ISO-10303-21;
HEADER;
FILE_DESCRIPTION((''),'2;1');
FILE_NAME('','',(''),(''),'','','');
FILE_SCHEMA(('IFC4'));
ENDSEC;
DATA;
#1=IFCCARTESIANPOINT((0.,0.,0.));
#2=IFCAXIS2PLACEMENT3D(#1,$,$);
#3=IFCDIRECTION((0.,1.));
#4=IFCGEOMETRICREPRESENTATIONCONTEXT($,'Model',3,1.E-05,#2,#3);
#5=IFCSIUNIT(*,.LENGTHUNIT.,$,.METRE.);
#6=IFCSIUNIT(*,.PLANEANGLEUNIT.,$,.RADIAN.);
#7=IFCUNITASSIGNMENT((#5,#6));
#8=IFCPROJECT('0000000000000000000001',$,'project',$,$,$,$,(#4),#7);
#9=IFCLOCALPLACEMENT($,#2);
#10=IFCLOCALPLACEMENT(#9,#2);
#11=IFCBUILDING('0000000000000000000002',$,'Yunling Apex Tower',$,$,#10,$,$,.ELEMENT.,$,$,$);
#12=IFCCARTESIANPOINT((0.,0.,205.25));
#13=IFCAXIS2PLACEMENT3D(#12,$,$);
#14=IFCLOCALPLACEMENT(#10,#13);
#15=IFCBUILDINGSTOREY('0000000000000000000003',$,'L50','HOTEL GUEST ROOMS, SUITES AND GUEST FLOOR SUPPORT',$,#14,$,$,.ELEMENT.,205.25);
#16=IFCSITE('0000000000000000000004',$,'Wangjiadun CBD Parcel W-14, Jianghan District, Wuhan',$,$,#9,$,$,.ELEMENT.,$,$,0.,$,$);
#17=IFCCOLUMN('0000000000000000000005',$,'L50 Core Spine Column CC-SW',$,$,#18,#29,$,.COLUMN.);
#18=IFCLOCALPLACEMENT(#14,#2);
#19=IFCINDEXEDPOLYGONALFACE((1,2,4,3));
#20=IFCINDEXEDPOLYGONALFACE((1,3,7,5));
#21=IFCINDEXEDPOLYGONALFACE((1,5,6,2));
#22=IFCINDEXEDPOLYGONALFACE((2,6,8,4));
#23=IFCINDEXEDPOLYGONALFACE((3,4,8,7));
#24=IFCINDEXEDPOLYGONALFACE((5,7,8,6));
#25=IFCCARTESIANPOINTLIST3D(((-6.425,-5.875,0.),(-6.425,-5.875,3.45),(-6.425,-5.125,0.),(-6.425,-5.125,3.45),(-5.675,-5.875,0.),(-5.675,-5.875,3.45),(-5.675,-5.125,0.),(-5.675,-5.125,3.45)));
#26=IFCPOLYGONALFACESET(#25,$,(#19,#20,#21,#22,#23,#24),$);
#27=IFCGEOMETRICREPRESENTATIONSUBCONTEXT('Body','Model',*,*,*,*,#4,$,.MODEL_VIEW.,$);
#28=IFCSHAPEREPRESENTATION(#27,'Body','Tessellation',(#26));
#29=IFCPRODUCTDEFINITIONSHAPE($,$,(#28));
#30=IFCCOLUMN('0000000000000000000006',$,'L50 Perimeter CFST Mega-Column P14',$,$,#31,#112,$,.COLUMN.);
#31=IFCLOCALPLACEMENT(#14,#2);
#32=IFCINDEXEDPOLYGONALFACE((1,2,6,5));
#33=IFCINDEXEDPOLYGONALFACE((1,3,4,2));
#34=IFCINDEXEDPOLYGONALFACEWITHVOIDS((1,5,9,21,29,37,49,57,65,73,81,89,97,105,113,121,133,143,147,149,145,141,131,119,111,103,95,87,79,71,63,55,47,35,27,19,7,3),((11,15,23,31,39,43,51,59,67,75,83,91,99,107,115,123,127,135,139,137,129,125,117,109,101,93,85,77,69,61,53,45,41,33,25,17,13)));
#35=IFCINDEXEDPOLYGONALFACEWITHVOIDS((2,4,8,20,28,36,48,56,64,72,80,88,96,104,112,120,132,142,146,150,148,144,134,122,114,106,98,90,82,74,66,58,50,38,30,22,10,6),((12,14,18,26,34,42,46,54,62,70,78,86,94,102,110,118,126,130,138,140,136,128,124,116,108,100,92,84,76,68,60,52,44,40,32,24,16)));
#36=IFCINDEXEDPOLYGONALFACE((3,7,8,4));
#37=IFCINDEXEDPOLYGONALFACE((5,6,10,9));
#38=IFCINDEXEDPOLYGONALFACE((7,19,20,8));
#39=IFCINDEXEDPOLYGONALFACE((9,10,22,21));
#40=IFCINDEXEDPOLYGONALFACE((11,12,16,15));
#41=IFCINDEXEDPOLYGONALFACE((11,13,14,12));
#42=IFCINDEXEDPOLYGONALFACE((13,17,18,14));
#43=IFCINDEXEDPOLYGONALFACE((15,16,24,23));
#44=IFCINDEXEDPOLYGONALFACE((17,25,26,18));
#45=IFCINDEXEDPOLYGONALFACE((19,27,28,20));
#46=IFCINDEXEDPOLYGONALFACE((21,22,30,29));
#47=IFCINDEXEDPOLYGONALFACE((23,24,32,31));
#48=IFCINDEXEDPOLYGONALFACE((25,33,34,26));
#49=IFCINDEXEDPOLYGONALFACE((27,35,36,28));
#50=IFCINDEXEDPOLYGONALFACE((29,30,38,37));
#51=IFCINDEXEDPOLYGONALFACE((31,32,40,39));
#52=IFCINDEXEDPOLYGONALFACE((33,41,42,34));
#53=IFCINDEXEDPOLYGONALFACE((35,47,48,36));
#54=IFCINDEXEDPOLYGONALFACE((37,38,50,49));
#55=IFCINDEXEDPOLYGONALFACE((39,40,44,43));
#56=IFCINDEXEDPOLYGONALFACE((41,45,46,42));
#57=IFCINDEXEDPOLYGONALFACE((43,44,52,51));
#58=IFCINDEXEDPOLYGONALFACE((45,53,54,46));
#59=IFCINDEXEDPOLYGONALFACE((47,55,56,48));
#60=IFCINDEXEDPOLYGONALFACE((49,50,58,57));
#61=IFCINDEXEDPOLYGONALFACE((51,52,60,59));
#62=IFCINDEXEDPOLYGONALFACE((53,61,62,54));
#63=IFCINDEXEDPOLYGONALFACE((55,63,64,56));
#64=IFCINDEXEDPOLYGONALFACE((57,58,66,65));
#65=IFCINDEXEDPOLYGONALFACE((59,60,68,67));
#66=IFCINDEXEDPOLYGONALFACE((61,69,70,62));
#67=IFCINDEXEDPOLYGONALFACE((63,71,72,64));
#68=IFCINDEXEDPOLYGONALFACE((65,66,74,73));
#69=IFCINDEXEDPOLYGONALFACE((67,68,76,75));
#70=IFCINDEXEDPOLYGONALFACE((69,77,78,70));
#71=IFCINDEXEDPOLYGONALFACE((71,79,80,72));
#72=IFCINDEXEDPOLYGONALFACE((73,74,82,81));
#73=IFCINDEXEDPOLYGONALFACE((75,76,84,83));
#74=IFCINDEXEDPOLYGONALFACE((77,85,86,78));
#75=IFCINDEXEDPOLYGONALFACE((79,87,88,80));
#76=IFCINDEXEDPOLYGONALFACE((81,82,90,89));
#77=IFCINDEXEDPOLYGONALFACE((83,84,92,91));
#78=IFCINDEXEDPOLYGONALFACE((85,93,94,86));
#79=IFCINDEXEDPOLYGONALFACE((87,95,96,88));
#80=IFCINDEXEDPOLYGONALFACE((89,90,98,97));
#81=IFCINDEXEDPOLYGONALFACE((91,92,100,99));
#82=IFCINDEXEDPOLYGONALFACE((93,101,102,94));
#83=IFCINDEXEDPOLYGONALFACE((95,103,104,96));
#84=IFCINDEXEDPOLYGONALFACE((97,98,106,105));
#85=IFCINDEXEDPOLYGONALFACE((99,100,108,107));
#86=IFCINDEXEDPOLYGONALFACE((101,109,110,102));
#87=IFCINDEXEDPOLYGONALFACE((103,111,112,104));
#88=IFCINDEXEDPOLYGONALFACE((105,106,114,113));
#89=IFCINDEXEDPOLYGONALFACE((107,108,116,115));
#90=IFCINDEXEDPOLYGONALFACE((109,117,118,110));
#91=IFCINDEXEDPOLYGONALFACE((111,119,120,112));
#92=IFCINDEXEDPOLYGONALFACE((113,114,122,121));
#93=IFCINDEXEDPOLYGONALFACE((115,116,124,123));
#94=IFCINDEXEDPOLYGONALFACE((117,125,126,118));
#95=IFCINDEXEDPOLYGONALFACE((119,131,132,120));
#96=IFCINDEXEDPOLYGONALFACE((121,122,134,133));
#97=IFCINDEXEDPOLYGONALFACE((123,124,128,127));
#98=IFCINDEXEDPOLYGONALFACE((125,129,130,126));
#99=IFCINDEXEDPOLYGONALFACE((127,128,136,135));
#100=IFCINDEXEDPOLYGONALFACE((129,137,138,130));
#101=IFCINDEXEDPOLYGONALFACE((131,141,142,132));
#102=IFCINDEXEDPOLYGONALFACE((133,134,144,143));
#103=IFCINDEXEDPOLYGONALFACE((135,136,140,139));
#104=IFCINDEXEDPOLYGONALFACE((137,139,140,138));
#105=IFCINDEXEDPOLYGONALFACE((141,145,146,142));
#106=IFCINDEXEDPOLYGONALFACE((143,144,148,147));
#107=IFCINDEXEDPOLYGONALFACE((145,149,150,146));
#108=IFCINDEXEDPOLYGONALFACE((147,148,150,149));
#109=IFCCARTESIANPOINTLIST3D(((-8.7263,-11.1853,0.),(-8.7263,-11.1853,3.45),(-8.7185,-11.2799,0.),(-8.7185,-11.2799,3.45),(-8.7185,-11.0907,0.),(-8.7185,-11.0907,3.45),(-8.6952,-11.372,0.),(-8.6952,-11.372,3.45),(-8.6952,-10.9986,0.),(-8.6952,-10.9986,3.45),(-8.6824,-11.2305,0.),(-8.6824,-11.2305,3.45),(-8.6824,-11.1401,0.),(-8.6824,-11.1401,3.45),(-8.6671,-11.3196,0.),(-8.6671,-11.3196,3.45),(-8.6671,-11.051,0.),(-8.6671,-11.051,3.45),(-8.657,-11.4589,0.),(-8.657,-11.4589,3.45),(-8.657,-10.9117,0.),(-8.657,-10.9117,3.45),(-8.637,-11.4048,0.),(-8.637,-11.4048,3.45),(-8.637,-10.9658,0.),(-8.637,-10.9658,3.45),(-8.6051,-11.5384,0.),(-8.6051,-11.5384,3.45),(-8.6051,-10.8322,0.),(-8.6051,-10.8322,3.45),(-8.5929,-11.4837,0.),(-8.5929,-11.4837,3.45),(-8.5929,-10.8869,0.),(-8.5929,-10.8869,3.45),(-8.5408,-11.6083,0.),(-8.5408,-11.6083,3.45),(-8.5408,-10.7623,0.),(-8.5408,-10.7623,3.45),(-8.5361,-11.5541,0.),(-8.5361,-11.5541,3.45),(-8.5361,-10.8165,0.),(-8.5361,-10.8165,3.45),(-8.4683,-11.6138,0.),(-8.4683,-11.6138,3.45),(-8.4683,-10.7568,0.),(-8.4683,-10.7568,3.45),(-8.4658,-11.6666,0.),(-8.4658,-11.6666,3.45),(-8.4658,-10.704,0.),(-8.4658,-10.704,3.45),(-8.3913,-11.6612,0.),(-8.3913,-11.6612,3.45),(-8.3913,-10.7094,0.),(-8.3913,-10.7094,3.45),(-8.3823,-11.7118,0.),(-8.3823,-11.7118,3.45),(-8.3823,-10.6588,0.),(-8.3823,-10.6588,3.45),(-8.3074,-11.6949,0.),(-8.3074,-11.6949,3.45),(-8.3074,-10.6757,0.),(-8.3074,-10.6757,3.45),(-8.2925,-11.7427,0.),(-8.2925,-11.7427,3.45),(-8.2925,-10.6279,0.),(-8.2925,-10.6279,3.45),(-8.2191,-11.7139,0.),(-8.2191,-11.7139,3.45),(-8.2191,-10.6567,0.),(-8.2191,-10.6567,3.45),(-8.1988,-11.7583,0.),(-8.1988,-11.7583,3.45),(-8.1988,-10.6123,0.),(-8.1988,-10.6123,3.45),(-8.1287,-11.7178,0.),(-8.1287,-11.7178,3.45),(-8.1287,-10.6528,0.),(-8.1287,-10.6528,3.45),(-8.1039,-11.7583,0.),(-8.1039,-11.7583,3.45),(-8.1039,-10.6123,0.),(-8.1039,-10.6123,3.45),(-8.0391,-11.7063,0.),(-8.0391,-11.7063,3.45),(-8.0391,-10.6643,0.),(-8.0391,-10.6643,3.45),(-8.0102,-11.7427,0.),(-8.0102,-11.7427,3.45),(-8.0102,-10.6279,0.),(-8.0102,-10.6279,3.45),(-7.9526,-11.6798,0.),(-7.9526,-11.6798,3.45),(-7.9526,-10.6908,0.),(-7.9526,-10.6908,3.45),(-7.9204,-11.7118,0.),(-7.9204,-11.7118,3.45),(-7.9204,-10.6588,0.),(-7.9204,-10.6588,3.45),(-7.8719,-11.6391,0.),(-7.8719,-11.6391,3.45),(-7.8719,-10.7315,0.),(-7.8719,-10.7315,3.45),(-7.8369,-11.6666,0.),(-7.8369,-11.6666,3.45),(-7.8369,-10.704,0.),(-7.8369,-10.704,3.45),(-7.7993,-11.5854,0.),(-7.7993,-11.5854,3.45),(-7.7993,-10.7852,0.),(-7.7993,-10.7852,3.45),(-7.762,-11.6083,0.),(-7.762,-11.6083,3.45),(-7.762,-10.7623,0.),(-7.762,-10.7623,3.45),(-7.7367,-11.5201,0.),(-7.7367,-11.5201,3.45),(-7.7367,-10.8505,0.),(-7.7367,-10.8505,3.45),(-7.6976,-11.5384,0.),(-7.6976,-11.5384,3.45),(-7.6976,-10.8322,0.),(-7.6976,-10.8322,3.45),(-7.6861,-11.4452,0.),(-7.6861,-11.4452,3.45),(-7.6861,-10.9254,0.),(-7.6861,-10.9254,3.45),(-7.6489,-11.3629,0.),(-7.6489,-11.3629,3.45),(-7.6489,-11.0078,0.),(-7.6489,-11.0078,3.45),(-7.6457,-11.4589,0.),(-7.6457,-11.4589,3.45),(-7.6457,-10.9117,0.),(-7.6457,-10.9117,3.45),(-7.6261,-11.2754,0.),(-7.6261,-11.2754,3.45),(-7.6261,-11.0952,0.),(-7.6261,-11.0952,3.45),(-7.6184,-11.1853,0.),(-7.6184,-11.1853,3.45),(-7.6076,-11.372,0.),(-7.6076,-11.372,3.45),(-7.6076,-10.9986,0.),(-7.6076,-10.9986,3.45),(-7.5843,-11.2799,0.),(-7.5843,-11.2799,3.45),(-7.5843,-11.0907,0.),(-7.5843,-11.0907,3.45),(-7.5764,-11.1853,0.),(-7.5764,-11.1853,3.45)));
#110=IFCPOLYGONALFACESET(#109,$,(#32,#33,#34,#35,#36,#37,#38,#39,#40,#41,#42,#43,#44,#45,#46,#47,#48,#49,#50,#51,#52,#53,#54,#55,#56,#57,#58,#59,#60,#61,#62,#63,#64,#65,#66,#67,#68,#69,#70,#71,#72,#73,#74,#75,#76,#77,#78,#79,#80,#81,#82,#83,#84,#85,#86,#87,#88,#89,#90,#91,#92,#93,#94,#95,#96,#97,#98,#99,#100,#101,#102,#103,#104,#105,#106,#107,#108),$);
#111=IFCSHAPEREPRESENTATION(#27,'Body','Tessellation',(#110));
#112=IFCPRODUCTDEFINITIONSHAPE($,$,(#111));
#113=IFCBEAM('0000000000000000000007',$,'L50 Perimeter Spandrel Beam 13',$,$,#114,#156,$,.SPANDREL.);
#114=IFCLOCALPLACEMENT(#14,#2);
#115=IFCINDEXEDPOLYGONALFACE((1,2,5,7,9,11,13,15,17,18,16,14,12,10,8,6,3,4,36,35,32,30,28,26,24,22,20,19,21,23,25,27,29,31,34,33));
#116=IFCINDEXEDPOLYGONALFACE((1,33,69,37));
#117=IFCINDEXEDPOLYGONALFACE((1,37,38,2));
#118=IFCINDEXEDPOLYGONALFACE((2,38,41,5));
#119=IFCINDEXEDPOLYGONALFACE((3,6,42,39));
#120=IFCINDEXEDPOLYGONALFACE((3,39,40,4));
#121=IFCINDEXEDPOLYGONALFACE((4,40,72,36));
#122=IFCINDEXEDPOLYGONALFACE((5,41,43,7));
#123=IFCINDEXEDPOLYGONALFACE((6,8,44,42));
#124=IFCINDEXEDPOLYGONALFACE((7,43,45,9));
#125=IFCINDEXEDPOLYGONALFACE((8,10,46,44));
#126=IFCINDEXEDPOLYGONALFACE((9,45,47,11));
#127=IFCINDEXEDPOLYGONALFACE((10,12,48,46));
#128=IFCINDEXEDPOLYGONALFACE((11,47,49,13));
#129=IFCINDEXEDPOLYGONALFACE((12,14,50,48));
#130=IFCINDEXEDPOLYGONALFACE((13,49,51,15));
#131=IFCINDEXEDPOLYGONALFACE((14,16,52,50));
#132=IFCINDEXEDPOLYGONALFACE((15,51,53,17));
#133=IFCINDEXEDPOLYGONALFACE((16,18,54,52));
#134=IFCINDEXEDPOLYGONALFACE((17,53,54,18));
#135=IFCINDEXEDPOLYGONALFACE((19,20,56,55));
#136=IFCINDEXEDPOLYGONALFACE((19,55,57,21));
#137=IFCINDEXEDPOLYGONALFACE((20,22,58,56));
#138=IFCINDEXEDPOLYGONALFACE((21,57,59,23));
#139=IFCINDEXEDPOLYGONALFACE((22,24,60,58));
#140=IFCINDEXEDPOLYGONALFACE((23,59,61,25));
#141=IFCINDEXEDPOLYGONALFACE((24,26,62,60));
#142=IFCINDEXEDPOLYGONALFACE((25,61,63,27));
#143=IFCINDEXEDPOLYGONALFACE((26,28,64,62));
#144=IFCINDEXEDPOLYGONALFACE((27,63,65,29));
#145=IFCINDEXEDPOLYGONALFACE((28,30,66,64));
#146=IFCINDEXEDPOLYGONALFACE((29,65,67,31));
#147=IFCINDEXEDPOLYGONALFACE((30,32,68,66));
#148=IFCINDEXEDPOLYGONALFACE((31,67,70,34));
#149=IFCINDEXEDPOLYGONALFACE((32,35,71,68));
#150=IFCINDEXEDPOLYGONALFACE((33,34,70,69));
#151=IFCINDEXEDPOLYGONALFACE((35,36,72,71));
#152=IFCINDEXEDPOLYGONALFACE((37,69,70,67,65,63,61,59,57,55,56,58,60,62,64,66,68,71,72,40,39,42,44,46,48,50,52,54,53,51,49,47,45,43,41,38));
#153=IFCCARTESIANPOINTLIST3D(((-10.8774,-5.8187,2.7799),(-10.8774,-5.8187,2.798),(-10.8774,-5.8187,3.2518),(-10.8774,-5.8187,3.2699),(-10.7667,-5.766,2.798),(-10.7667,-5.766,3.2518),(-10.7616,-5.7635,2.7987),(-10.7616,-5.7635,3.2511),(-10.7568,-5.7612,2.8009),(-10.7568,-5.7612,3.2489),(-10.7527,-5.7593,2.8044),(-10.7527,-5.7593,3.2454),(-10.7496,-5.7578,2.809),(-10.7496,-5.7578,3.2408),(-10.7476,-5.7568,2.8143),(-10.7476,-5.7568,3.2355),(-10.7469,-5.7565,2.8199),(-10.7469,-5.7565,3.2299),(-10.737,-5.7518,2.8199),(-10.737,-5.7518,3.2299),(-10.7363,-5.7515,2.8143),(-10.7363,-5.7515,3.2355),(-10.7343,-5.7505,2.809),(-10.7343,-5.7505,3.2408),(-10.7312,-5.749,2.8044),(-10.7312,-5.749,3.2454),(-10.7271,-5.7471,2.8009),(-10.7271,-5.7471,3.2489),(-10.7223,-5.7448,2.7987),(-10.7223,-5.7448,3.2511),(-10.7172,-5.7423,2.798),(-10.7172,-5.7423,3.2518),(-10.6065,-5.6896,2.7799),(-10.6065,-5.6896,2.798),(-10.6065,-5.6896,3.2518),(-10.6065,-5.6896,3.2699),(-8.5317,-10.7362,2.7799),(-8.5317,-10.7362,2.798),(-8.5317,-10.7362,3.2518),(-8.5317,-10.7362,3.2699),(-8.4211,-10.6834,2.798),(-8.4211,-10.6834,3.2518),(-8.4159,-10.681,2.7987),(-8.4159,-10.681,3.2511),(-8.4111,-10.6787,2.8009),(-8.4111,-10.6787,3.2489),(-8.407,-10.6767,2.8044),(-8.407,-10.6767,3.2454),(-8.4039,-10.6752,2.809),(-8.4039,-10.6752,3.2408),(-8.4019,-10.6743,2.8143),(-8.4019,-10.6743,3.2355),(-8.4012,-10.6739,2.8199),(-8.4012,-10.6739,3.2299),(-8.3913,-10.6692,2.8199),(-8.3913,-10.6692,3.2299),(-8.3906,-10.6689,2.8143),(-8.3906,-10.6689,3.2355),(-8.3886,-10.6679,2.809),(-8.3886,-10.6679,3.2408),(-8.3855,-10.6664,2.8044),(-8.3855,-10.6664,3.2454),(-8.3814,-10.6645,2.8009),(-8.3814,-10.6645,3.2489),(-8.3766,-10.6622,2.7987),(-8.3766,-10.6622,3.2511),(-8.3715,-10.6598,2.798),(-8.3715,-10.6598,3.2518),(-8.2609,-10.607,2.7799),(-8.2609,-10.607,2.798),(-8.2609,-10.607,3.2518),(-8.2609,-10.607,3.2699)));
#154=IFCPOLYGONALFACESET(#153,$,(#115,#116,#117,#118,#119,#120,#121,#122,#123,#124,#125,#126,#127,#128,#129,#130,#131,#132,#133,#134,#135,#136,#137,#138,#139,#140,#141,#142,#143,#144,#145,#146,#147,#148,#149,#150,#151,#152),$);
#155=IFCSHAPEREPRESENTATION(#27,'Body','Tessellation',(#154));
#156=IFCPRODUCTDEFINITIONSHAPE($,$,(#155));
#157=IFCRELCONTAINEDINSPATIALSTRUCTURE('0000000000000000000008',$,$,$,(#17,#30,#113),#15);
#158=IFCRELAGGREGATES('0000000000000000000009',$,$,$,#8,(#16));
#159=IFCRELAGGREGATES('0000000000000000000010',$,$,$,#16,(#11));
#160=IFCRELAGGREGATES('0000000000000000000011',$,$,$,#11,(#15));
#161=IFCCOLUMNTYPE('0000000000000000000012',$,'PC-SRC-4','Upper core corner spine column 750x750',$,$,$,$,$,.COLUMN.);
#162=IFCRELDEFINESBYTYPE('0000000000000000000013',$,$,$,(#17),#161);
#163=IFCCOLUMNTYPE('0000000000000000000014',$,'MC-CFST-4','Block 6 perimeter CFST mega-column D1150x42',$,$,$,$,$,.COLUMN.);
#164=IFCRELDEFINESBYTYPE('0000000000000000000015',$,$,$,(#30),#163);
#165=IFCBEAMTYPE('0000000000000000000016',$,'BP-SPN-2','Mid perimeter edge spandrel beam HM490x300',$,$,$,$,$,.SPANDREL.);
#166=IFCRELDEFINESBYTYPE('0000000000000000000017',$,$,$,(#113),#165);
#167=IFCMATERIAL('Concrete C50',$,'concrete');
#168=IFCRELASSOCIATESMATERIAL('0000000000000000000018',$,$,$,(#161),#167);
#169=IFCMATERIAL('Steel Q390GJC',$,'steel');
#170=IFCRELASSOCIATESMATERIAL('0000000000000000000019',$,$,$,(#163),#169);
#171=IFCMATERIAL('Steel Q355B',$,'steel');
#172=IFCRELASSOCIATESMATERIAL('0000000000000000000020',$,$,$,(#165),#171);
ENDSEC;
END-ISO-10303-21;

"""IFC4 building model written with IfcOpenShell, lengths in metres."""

from ifc_helpers import new_model, si_unit, direction, frame, origin, origin_2d, place, context, subcontext, project, spatial, rectangle, hollow_circle, i_section, extrude, source, transform, mapped, material, material_profile, profile_set, type_object, element, save


model = new_model("IFC4")

# Units and contexts
model_context = context("Model", 3, precision=1e-05, world=origin(), true_north=direction((0.0, 1.0)))
body_context = subcontext(model_context, "Body", "Model", "MODEL_VIEW")
ifc_project = project(units=[si_unit("LENGTHUNIT", "METRE"), si_unit("PLANEANGLEUNIT", "RADIAN")], contexts=[model_context])

# Site, building, storey
site_placement = place(None, origin())
site = spatial("IfcSite", under=ifc_project, at=site_placement, Name="Wangjiadun CBD Parcel W-14, Jianghan District, Wuhan", CompositionType="ELEMENT", RefElevation=0.0)
building_placement = place(site_placement, origin())
building = spatial("IfcBuilding", under=site, at=building_placement, Name="Yunling Apex Tower", CompositionType="ELEMENT")
storey_placement = place(building_placement, frame((0.0, 0.0, 205.25)))
storey = spatial("IfcBuildingStorey", under=building, at=storey_placement, Name="L50", Description="HOTEL GUEST ROOMS, SUITES AND GUEST FLOOR SUPPORT", CompositionType="ELEMENT", Elevation=205.25)

# Columns
ifc_material_1 = material(Name="Concrete C50", Category="concrete")
ifc_material_profile_1 = material_profile(ifc_material_1, rectangle(XDim=0.75, YDim=0.75, at=origin_2d()))
ifc_profile_set_1 = profile_set([ifc_material_profile_1], Name="Concrete C50")
column_type_1 = type_object("IfcColumnType", Name="PC-SRC-4", Description="Upper core corner spine column 750x750", PredefinedType="COLUMN", material=ifc_profile_set_1)
shared_shape_1 = source(origin(), body_context, "Body", "SweptSolid", [
    extrude(rectangle(XDim=0.75, YDim=0.75, at=origin_2d()), origin(), (0.0, 0.0, 1.0), 3.45),
])
column_1_placement = place(storey_placement, frame((-6.05, -5.5, 0.0), z_axis=(0.0, 0.0, 1.0), x_axis=(1.0, 0.0, 0.0)))
element("IfcColumn", 1, at=column_1_placement, inside=storey, type_object=column_type_1, Name="L50 Core Spine Column CC-SW", PredefinedType="COLUMN", context=body_context, shape_type="MappedRepresentation", body=[
    mapped(shared_shape_1, transform((0.0, 0.0, 0.0), scale=1.0)),
])
ifc_material_2 = material(Name="Steel Q390GJC", Category="steel")
ifc_material_profile_2 = material_profile(ifc_material_2, hollow_circle(Radius=0.575, WallThickness=0.042, at=origin_2d()))
ifc_profile_set_2 = profile_set([ifc_material_profile_2], Name="Steel Q390GJC")
column_type_2 = type_object("IfcColumnType", Name="MC-CFST-4", Description="Block 6 perimeter CFST mega-column D1150x42", PredefinedType="COLUMN", material=ifc_profile_set_2)
shared_shape_2 = source(origin(), body_context, "Body", "SweptSolid", [
    extrude(hollow_circle(Radius=0.575, WallThickness=0.042, at=origin_2d()), origin(), (0.0, 0.0, 1.0), 3.45),
])
column_2_placement = place(storey_placement, frame((-8.1514, -11.1853, 0.0), z_axis=(0.0, 0.0, 1.0), x_axis=(1.0, 0.0, 0.0)))
element("IfcColumn", 2, at=column_2_placement, inside=storey, type_object=column_type_2, Name="L50 Perimeter CFST Mega-Column P14", PredefinedType="COLUMN", context=body_context, shape_type="MappedRepresentation", body=[
    mapped(shared_shape_2, transform((0.0, 0.0, 0.0), scale=1.0)),
])

# Beam
ifc_material_3 = material(Name="Steel Q355B", Category="steel")
ifc_material_profile_3 = material_profile(ifc_material_3, i_section(OverallWidth=0.3, OverallDepth=0.49, WebThickness=0.011, FlangeThickness=0.0181, FilletRadius=0.022, at=origin_2d()))
ifc_profile_set_3 = profile_set([ifc_material_profile_3], Name="Steel Q355B")
beam_type_1 = type_object("IfcBeamType", Name="BP-SPN-2", Description="Mid perimeter edge spandrel beam HM490x300", PredefinedType="SPANDREL", material=ifc_profile_set_3)
shared_shape_3 = source(origin(), body_context, "Body", "SweptSolid", [
    extrude(i_section(OverallWidth=0.3, OverallDepth=0.49, WebThickness=0.011, FlangeThickness=0.0181, FilletRadius=0.022, at=origin_2d()), origin(), (0.0, 0.0, 1.0), 5.4482),
])
beam_1_placement = place(storey_placement, frame((-10.7419, -5.7542, 3.0249), z_axis=(0.430539, -0.902572, 0.0), x_axis=(0.902572, 0.430539, 0.0)))
element("IfcBeam", 3, at=beam_1_placement, inside=storey, type_object=beam_type_1, Name="L50 Perimeter Spandrel Beam 13", PredefinedType="SPANDREL", context=body_context, shape_type="MappedRepresentation", body=[
    mapped(shared_shape_3, transform((0.0, 0.0, 0.0), scale=1.0)),
])

save(model, "model.ifc")
